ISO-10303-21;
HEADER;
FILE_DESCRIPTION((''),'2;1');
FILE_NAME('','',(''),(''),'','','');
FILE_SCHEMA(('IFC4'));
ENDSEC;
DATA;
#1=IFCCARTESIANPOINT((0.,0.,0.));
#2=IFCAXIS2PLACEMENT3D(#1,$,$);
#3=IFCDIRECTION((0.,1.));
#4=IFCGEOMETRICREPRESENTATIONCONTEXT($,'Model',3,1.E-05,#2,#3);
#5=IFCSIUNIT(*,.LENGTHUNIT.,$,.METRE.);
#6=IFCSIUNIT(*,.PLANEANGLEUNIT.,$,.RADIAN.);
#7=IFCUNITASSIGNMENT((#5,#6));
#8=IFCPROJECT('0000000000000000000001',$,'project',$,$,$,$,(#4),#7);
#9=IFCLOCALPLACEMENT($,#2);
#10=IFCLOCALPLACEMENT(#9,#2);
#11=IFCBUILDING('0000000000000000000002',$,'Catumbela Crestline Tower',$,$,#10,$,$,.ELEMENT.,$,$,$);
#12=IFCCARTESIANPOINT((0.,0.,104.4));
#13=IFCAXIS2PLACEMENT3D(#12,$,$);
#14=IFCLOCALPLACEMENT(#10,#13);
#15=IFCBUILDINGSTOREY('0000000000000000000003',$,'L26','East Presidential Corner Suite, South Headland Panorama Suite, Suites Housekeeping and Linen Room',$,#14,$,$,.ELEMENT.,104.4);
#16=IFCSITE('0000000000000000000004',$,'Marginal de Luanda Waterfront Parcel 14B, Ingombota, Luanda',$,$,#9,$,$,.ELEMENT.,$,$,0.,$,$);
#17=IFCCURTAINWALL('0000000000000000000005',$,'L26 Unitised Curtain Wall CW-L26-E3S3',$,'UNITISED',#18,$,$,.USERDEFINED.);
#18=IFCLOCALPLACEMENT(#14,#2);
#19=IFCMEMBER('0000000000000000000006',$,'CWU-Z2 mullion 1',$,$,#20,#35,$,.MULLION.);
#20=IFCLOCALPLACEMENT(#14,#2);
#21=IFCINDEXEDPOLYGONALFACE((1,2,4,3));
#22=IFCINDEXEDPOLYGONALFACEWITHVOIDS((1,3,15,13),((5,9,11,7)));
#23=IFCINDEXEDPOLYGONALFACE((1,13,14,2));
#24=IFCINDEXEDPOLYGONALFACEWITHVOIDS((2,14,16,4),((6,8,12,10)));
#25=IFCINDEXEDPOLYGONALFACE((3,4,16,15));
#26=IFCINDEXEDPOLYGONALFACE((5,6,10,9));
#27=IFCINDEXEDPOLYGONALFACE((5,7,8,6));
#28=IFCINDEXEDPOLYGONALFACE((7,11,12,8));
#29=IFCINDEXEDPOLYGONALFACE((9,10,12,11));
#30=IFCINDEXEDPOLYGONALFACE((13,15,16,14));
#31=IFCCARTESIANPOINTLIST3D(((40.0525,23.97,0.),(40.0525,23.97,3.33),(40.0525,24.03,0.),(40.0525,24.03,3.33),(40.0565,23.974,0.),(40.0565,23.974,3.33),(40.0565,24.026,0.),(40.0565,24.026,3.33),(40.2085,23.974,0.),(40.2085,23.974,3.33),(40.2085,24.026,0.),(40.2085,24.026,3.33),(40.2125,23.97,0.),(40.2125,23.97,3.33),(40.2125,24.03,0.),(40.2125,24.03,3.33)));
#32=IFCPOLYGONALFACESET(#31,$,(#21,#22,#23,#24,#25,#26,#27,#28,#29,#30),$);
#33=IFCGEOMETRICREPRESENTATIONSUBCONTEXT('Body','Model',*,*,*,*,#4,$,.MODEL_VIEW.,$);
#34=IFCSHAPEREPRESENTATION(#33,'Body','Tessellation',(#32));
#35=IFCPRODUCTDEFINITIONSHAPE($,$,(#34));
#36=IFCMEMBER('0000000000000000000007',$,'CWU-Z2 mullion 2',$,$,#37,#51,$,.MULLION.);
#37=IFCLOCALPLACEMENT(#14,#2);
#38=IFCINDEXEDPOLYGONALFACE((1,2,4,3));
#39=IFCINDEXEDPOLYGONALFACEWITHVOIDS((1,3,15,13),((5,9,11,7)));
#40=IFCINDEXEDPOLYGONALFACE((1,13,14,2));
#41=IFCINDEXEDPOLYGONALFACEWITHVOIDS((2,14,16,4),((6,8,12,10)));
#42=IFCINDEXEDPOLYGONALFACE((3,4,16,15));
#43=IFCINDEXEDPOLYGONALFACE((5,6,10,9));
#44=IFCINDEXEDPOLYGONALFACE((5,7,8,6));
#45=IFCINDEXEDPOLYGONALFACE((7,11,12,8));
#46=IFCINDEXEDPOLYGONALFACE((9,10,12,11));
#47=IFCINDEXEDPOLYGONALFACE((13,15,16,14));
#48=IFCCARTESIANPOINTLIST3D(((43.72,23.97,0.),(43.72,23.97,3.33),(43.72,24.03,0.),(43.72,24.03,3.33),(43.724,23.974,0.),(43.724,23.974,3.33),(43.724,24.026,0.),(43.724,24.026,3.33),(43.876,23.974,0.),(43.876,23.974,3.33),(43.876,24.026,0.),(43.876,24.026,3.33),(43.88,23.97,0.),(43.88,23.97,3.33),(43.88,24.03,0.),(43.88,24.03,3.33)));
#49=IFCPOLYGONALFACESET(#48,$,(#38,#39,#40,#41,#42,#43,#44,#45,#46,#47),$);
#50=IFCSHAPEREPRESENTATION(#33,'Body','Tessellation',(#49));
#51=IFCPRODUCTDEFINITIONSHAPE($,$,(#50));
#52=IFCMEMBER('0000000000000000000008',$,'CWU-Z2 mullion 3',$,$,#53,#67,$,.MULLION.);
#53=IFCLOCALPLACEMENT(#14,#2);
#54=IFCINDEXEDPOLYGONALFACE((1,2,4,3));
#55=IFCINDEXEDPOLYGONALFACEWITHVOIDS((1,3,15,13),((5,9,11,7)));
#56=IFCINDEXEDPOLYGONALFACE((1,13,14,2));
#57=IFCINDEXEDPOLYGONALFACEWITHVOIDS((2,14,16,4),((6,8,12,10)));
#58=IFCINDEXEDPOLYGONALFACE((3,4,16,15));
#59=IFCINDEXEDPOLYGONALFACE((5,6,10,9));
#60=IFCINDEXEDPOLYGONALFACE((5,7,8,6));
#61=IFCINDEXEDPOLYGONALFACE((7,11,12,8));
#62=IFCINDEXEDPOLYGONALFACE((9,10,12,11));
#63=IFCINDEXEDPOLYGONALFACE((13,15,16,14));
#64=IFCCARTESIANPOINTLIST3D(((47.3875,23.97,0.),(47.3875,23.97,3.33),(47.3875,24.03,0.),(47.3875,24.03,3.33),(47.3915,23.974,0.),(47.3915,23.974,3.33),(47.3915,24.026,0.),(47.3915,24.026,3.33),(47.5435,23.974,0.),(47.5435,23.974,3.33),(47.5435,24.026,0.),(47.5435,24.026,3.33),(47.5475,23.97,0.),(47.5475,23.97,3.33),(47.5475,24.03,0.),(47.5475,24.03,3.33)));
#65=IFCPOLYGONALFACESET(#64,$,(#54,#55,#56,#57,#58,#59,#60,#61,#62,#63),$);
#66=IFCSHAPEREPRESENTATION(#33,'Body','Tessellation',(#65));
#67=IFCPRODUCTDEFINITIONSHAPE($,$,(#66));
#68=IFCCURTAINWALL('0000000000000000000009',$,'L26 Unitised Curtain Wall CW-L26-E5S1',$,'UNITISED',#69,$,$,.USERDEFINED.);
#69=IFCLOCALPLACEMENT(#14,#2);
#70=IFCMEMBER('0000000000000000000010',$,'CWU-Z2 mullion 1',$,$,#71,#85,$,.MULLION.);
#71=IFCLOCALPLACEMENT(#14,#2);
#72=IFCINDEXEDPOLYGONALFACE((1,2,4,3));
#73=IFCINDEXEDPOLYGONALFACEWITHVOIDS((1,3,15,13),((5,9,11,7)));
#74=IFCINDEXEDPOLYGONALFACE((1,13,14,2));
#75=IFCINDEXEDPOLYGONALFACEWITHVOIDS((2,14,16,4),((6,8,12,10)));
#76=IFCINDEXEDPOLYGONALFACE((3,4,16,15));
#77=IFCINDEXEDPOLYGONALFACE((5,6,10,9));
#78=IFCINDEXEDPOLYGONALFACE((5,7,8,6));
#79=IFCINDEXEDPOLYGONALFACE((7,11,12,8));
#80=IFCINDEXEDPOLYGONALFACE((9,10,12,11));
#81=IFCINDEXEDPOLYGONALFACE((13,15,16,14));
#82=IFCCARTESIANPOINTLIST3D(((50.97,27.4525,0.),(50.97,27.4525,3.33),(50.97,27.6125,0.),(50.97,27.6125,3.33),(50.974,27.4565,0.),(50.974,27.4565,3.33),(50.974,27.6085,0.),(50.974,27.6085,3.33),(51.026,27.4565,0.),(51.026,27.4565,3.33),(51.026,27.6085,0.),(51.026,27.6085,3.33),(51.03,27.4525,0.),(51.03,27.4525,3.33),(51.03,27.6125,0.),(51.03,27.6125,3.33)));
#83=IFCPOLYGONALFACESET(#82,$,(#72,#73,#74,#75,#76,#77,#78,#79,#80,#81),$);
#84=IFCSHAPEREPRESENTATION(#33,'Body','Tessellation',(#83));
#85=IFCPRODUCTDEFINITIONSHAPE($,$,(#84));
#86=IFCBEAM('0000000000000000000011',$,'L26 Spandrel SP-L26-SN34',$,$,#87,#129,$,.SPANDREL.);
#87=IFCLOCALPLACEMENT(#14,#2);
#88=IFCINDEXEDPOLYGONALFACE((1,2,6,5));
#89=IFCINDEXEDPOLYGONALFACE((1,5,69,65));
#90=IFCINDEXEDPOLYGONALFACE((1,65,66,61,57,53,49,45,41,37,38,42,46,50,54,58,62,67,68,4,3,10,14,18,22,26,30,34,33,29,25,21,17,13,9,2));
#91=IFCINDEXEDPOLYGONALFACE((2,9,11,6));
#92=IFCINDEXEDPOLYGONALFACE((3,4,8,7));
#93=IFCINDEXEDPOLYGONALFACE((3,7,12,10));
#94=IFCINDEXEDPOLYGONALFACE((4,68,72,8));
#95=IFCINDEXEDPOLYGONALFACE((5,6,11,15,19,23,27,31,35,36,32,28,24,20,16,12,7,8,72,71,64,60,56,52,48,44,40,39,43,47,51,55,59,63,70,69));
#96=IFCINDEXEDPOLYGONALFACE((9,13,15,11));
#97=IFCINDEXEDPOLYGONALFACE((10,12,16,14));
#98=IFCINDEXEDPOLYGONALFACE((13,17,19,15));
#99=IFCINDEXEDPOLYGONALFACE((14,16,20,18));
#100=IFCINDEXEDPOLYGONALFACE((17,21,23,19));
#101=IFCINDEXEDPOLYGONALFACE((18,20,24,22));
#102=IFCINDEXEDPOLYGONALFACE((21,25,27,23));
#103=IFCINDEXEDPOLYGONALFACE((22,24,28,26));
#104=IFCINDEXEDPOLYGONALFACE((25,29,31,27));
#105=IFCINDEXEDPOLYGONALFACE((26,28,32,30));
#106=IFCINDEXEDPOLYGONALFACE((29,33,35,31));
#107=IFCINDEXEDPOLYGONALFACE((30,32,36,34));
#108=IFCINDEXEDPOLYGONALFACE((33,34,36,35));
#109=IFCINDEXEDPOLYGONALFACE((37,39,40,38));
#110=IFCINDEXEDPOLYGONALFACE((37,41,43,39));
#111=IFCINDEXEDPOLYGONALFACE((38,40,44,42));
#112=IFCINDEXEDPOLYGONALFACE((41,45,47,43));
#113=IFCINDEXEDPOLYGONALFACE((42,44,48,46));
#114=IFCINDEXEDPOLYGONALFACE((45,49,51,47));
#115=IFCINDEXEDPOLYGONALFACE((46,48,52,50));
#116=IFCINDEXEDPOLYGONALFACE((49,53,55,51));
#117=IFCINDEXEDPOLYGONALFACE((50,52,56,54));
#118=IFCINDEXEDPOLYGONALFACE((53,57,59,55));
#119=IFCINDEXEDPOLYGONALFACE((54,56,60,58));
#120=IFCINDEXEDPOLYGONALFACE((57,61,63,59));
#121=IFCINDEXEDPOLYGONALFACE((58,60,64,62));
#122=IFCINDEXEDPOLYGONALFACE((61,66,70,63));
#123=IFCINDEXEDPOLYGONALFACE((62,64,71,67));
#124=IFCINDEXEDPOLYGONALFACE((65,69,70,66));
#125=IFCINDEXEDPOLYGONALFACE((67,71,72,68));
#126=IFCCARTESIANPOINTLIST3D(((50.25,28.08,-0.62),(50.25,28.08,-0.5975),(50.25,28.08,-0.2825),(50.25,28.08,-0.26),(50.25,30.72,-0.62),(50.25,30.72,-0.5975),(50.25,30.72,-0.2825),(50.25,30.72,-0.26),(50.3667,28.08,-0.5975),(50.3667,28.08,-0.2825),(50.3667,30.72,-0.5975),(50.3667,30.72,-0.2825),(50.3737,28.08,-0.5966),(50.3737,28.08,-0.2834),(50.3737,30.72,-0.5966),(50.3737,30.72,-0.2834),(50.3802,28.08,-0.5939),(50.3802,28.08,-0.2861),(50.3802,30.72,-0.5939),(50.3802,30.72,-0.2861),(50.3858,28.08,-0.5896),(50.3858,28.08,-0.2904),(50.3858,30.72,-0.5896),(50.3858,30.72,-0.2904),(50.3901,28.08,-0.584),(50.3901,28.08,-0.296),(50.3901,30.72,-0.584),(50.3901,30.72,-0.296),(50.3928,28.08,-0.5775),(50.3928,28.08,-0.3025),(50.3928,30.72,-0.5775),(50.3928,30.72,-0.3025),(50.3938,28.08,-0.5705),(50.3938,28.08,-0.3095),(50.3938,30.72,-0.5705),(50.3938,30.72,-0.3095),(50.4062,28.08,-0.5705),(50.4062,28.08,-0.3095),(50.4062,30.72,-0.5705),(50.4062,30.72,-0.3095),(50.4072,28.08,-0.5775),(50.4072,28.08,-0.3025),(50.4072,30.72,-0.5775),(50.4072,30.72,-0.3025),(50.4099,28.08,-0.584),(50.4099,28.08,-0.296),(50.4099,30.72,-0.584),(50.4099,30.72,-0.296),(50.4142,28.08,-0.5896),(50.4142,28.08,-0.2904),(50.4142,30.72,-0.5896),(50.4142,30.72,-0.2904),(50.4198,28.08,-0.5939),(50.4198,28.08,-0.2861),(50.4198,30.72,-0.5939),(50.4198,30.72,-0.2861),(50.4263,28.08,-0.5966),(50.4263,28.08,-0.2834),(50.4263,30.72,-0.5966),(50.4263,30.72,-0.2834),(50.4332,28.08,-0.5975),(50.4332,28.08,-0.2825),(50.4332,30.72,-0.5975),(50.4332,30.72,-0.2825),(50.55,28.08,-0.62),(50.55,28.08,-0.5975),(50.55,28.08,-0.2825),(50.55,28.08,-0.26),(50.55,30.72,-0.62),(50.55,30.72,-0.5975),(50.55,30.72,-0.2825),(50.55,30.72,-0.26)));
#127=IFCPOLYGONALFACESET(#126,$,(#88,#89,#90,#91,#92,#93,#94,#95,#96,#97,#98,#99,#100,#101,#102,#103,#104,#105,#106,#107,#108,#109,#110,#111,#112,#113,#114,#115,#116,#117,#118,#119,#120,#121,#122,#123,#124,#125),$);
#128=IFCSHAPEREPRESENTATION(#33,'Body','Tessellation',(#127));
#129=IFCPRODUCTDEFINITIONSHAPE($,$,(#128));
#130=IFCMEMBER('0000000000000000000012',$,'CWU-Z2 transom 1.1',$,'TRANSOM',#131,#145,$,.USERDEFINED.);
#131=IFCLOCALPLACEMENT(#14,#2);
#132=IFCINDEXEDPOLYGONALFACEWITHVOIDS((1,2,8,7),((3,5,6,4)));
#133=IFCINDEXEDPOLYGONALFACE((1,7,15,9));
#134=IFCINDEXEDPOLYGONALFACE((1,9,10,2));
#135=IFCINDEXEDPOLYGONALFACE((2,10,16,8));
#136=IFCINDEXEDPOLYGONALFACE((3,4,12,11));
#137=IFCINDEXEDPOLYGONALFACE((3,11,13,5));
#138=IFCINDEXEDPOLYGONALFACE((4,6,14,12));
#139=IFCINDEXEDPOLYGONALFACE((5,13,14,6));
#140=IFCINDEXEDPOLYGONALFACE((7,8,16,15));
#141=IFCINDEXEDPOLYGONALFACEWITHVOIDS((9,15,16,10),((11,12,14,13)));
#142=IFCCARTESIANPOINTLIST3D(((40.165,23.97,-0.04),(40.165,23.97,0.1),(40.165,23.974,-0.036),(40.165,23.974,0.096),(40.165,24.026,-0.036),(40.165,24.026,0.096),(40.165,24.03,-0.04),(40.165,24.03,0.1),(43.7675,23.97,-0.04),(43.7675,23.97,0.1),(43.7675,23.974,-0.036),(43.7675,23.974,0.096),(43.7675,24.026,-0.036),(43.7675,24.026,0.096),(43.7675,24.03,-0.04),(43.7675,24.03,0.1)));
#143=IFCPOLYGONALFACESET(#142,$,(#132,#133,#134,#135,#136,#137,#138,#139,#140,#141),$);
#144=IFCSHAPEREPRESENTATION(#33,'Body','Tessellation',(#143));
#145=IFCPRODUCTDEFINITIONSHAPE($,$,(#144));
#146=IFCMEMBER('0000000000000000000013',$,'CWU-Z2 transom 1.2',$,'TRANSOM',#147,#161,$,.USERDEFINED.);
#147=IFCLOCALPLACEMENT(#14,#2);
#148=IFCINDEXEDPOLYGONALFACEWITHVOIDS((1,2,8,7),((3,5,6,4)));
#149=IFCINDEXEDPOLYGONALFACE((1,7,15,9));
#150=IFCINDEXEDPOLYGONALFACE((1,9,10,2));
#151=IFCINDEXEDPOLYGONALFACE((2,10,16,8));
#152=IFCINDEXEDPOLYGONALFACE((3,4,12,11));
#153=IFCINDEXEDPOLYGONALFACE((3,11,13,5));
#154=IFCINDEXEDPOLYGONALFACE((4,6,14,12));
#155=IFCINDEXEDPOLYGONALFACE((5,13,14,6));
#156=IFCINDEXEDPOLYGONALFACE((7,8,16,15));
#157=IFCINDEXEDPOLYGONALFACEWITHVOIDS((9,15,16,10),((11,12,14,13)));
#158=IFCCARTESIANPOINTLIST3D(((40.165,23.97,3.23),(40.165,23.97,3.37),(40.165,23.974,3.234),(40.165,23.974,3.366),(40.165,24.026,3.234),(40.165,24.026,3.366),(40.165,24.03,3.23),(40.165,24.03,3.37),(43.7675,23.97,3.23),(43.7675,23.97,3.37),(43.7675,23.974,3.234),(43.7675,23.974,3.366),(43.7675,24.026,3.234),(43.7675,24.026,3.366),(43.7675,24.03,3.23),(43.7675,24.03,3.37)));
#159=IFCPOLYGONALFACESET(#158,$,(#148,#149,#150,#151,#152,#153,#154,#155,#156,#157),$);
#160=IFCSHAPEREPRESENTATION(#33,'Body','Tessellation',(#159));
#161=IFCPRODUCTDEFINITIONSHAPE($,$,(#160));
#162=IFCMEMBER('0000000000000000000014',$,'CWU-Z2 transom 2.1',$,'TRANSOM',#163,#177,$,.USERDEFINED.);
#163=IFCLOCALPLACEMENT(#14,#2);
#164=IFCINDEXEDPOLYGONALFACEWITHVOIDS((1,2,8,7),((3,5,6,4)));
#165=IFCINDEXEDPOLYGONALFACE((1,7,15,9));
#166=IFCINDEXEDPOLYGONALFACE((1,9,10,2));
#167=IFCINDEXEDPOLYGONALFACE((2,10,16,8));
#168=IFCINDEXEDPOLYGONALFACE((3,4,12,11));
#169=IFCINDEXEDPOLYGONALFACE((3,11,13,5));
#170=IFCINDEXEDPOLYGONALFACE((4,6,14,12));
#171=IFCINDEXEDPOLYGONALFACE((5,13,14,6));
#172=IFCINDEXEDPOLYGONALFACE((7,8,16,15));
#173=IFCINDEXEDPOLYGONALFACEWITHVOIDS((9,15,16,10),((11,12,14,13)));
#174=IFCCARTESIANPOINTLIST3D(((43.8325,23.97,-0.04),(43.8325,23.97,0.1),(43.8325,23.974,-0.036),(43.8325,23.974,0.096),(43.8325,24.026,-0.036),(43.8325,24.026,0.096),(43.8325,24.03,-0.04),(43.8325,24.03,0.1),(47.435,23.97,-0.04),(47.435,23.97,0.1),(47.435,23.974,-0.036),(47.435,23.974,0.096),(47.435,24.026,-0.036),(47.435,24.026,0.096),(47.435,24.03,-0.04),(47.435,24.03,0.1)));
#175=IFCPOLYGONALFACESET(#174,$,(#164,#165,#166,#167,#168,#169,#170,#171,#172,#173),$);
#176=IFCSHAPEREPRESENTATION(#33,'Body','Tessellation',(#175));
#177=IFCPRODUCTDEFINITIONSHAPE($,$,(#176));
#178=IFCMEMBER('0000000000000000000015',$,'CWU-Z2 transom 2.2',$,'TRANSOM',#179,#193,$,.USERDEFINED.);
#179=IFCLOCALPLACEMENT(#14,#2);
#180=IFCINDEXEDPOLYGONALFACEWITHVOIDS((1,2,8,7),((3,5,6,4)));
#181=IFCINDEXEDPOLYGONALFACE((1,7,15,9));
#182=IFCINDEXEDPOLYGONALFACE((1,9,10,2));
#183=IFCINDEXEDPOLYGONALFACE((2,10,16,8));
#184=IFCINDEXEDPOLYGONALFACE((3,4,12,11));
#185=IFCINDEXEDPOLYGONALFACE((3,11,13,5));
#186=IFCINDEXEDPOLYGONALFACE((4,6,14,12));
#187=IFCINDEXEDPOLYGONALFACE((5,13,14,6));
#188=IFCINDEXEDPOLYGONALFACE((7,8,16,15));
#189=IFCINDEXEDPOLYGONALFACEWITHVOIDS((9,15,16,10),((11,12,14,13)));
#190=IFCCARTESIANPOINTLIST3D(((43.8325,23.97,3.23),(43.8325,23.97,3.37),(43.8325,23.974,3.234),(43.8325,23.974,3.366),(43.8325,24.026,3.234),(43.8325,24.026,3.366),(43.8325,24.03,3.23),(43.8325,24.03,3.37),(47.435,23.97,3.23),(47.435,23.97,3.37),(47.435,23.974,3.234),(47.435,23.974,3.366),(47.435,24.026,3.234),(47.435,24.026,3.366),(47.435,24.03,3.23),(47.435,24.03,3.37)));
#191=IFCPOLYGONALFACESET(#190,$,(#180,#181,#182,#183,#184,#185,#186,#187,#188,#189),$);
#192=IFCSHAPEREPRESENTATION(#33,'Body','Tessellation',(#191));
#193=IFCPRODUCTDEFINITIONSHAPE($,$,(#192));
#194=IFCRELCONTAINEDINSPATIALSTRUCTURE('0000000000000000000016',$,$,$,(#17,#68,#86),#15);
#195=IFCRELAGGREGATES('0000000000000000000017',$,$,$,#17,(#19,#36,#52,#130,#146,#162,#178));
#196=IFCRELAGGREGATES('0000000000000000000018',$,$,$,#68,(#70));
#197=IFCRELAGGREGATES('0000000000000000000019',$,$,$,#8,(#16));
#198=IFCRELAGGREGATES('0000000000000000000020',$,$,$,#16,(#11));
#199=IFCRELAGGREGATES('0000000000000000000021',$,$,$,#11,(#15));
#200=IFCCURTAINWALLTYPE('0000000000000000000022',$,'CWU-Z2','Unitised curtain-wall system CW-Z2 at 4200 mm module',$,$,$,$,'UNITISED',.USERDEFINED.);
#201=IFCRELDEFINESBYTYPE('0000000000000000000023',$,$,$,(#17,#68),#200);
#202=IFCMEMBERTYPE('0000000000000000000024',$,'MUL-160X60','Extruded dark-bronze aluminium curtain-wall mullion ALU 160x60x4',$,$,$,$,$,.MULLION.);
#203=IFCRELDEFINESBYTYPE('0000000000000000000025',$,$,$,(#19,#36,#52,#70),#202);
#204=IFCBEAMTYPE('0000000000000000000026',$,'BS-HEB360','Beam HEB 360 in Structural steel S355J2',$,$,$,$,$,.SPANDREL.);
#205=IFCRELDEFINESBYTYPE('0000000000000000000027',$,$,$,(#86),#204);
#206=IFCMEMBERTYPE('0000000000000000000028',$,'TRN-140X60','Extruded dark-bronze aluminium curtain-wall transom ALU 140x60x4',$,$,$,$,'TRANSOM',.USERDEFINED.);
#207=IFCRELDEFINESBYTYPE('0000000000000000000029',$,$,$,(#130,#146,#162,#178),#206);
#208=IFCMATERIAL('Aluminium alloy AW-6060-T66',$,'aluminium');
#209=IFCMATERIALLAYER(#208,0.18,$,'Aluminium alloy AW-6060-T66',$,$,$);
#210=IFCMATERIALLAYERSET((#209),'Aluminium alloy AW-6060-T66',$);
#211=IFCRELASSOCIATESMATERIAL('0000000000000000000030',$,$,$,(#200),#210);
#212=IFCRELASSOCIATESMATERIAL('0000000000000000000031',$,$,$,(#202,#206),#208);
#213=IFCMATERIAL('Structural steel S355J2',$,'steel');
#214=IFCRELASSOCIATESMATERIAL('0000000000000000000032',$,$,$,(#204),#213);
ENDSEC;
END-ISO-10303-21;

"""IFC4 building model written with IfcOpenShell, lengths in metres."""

from ifc_helpers import new_model, si_unit, direction, frame, origin, origin_2d, place, context, subcontext, project, spatial, hollow_rectangle, i_section, extrude, material, layer, layer_set, material_profile, profile_set, type_object, element, aggregate, save


model = new_model("IFC4")

# Units and contexts
model_context = context("Model", 3, precision=1e-05, world=origin(), true_north=direction((0.0, 1.0)))
body_context = subcontext(model_context, "Body", "Model", "MODEL_VIEW")
ifc_project = project(units=[si_unit("LENGTHUNIT", "METRE"), si_unit("PLANEANGLEUNIT", "RADIAN")], contexts=[model_context])

# Site, building, storey
site_placement = place(None, origin())
site = spatial("IfcSite", under=ifc_project, at=site_placement, Name="Marginal de Luanda Waterfront Parcel 14B, Ingombota, Luanda", CompositionType="ELEMENT", RefElevation=0.0)
building_placement = place(site_placement, origin())
building = spatial("IfcBuilding", under=site, at=building_placement, Name="Catumbela Crestline Tower", CompositionType="ELEMENT")
storey_placement = place(building_placement, frame((0.0, 0.0, 104.4)))
storey = spatial("IfcBuildingStorey", under=building, at=storey_placement, Name="L26", Description="East Presidential Corner Suite, South Headland Panorama Suite, Suites Housekeeping and Linen Room", CompositionType="ELEMENT", Elevation=104.4)

# Shared definitions
ifc_material_1 = material(Name="Structural steel S355J2", Category="steel")

# Curtain wall, members
ifc_material_2 = material(Name="Aluminium alloy AW-6060-T66", Category="aluminium")
ifc_layer_1 = layer(ifc_material_2, 0.18, Name="Aluminium alloy AW-6060-T66")
ifc_layer_set_1 = layer_set([ifc_layer_1], Name="Aluminium alloy AW-6060-T66")
curtain_wall_type = type_object("IfcCurtainWallType", Name="CWU-Z2", Description="Unitised curtain-wall system CW-Z2 at 4200 mm module", ElementType="UNITISED", PredefinedType="USERDEFINED", material=ifc_layer_set_1)
curtain_wall_1_placement = place(storey_placement, origin())
curtain_wall_1 = element("IfcCurtainWall", 1, at=curtain_wall_1_placement, inside=storey, type_object=curtain_wall_type, Name="L26 Unitised Curtain Wall CW-L26-E3S3", ObjectType="UNITISED", PredefinedType="USERDEFINED")
ifc_material_profile_1 = material_profile(ifc_material_2, hollow_rectangle(XDim=0.06, YDim=0.16, WallThickness=0.004, at=origin_2d()), Name="ALU 160x60x4")
ifc_profile_set_1 = profile_set([ifc_material_profile_1], Name="Aluminium alloy AW-6060-T66")
member_type_1 = type_object("IfcMemberType", Name="MUL-160X60", Description="Extruded dark-bronze aluminium curtain-wall mullion ALU 160x60x4", PredefinedType="MULLION", material=ifc_profile_set_1)
member_1_placement = place(storey_placement, frame((40.1325, 24.0, 0.0), z_axis=(0.0, 0.0, 1.0), x_axis=(0.0, 1.0, 0.0)))
member_1 = element("IfcMember", 2, at=member_1_placement, type_object=member_type_1, Name="CWU-Z2 mullion 1", PredefinedType="MULLION", context=body_context, shape_type="SweptSolid", body=[
    extrude(hollow_rectangle(XDim=0.06, YDim=0.16, WallThickness=0.004, at=origin_2d()), origin(), (0.0, 0.0, 1.0), 3.33),
])
member_2_placement = place(storey_placement, frame((43.8, 24.0, 0.0), z_axis=(0.0, 0.0, 1.0), x_axis=(0.0, 1.0, 0.0)))
member_2 = element("IfcMember", 3, at=member_2_placement, type_object=member_type_1, Name="CWU-Z2 mullion 2", PredefinedType="MULLION", context=body_context, shape_type="SweptSolid", body=[
    extrude(hollow_rectangle(XDim=0.06, YDim=0.16, WallThickness=0.004, at=origin_2d()), origin(), (0.0, 0.0, 1.0), 3.33),
])
member_3_placement = place(storey_placement, frame((47.4675, 24.0, 0.0), z_axis=(0.0, 0.0, 1.0), x_axis=(0.0, 1.0, 0.0)))
member_3 = element("IfcMember", 4, at=member_3_placement, type_object=member_type_1, Name="CWU-Z2 mullion 3", PredefinedType="MULLION", context=body_context, shape_type="SweptSolid", body=[
    extrude(hollow_rectangle(XDim=0.06, YDim=0.16, WallThickness=0.004, at=origin_2d()), origin(), (0.0, 0.0, 1.0), 3.33),
])

# Curtain wall, member
curtain_wall_2_placement = place(storey_placement, origin())
curtain_wall_2 = element("IfcCurtainWall", 5, at=curtain_wall_2_placement, inside=storey, type_object=curtain_wall_type, Name="L26 Unitised Curtain Wall CW-L26-E5S1", ObjectType="UNITISED", PredefinedType="USERDEFINED")
member_4_placement = place(storey_placement, frame((51.0, 27.5325, 0.0), z_axis=(0.0, 0.0, 1.0), x_axis=(-1.0, 0.0, 0.0)))
member_4 = element("IfcMember", 6, at=member_4_placement, type_object=member_type_1, Name="CWU-Z2 mullion 1", PredefinedType="MULLION", context=body_context, shape_type="SweptSolid", body=[
    extrude(hollow_rectangle(XDim=0.06, YDim=0.16, WallThickness=0.004, at=origin_2d()), origin(), (0.0, 0.0, 1.0), 3.33),
])

# Beam
ifc_material_profile_2 = material_profile(ifc_material_1, i_section(OverallWidth=0.3, OverallDepth=0.36, WebThickness=0.0125, FlangeThickness=0.0225, FilletRadius=0.027, at=origin_2d()), Name="HEB 360")
ifc_profile_set_2 = profile_set([ifc_material_profile_2], Name="Structural steel S355J2")
beam_type_1 = type_object("IfcBeamType", Name="BS-HEB360", Description="Beam HEB 360 in Structural steel S355J2", PredefinedType="SPANDREL", material=ifc_profile_set_2)
beam_1_placement = place(storey_placement, frame((50.4, 28.08, -0.44), z_axis=(0.0, 1.0, 0.0), x_axis=(-1.0, 0.0, 0.0)))
element("IfcBeam", 7, at=beam_1_placement, inside=storey, type_object=beam_type_1, Name="L26 Spandrel SP-L26-SN34", PredefinedType="SPANDREL", context=body_context, shape_type="SweptSolid", body=[
    extrude(i_section(OverallWidth=0.3, OverallDepth=0.36, WebThickness=0.0125, FlangeThickness=0.0225, FilletRadius=0.027, at=origin_2d()), origin(), (0.0, 0.0, 1.0), 2.64),
])

# Members
ifc_material_profile_3 = material_profile(ifc_material_2, hollow_rectangle(XDim=0.06, YDim=0.14, WallThickness=0.004, at=origin_2d()), Name="ALU 140x60x4")
ifc_profile_set_3 = profile_set([ifc_material_profile_3], Name="Aluminium alloy AW-6060-T66")
member_type_2 = type_object("IfcMemberType", Name="TRN-140X60", Description="Extruded dark-bronze aluminium curtain-wall transom ALU 140x60x4", ElementType="TRANSOM", PredefinedType="USERDEFINED", material=ifc_profile_set_3)
member_5_placement = place(storey_placement, frame((40.165, 24.0, 0.03), z_axis=(1.0, 0.0, 0.0), x_axis=(0.0, 1.0, 0.0)))
member_5 = element("IfcMember", 8, at=member_5_placement, type_object=member_type_2, Name="CWU-Z2 transom 1.1", ObjectType="TRANSOM", PredefinedType="USERDEFINED", context=body_context, shape_type="SweptSolid", body=[
    extrude(hollow_rectangle(XDim=0.06, YDim=0.14, WallThickness=0.004, at=origin_2d()), origin(), (0.0, 0.0, 1.0), 3.6025),
])
member_6_placement = place(storey_placement, frame((40.165, 24.0, 3.3), z_axis=(1.0, 0.0, 0.0), x_axis=(0.0, 1.0, 0.0)))
member_6 = element("IfcMember", 9, at=member_6_placement, type_object=member_type_2, Name="CWU-Z2 transom 1.2", ObjectType="TRANSOM", PredefinedType="USERDEFINED", context=body_context, shape_type="SweptSolid", body=[
    extrude(hollow_rectangle(XDim=0.06, YDim=0.14, WallThickness=0.004, at=origin_2d()), origin(), (0.0, 0.0, 1.0), 3.6025),
])
member_7_placement = place(storey_placement, frame((43.8325, 24.0, 0.03), z_axis=(1.0, 0.0, 0.0), x_axis=(0.0, 1.0, 0.0)))
member_7 = element("IfcMember", 10, at=member_7_placement, type_object=member_type_2, Name="CWU-Z2 transom 2.1", ObjectType="TRANSOM", PredefinedType="USERDEFINED", context=body_context, shape_type="SweptSolid", body=[
    extrude(hollow_rectangle(XDim=0.06, YDim=0.14, WallThickness=0.004, at=origin_2d()), origin(), (0.0, 0.0, 1.0), 3.6025),
])
member_8_placement = place(storey_placement, frame((43.8325, 24.0, 3.3), z_axis=(1.0, 0.0, 0.0), x_axis=(0.0, 1.0, 0.0)))
member_8 = element("IfcMember", 11, at=member_8_placement, type_object=member_type_2, Name="CWU-Z2 transom 2.2", ObjectType="TRANSOM", PredefinedType="USERDEFINED", context=body_context, shape_type="SweptSolid", body=[
    extrude(hollow_rectangle(XDim=0.06, YDim=0.14, WallThickness=0.004, at=origin_2d()), origin(), (0.0, 0.0, 1.0), 3.6025),
])

aggregate(curtain_wall_1, [member_1, member_2, member_3, member_5, member_6, member_7, member_8])
aggregate(curtain_wall_2, [member_4])

save(model, "model.ifc")
